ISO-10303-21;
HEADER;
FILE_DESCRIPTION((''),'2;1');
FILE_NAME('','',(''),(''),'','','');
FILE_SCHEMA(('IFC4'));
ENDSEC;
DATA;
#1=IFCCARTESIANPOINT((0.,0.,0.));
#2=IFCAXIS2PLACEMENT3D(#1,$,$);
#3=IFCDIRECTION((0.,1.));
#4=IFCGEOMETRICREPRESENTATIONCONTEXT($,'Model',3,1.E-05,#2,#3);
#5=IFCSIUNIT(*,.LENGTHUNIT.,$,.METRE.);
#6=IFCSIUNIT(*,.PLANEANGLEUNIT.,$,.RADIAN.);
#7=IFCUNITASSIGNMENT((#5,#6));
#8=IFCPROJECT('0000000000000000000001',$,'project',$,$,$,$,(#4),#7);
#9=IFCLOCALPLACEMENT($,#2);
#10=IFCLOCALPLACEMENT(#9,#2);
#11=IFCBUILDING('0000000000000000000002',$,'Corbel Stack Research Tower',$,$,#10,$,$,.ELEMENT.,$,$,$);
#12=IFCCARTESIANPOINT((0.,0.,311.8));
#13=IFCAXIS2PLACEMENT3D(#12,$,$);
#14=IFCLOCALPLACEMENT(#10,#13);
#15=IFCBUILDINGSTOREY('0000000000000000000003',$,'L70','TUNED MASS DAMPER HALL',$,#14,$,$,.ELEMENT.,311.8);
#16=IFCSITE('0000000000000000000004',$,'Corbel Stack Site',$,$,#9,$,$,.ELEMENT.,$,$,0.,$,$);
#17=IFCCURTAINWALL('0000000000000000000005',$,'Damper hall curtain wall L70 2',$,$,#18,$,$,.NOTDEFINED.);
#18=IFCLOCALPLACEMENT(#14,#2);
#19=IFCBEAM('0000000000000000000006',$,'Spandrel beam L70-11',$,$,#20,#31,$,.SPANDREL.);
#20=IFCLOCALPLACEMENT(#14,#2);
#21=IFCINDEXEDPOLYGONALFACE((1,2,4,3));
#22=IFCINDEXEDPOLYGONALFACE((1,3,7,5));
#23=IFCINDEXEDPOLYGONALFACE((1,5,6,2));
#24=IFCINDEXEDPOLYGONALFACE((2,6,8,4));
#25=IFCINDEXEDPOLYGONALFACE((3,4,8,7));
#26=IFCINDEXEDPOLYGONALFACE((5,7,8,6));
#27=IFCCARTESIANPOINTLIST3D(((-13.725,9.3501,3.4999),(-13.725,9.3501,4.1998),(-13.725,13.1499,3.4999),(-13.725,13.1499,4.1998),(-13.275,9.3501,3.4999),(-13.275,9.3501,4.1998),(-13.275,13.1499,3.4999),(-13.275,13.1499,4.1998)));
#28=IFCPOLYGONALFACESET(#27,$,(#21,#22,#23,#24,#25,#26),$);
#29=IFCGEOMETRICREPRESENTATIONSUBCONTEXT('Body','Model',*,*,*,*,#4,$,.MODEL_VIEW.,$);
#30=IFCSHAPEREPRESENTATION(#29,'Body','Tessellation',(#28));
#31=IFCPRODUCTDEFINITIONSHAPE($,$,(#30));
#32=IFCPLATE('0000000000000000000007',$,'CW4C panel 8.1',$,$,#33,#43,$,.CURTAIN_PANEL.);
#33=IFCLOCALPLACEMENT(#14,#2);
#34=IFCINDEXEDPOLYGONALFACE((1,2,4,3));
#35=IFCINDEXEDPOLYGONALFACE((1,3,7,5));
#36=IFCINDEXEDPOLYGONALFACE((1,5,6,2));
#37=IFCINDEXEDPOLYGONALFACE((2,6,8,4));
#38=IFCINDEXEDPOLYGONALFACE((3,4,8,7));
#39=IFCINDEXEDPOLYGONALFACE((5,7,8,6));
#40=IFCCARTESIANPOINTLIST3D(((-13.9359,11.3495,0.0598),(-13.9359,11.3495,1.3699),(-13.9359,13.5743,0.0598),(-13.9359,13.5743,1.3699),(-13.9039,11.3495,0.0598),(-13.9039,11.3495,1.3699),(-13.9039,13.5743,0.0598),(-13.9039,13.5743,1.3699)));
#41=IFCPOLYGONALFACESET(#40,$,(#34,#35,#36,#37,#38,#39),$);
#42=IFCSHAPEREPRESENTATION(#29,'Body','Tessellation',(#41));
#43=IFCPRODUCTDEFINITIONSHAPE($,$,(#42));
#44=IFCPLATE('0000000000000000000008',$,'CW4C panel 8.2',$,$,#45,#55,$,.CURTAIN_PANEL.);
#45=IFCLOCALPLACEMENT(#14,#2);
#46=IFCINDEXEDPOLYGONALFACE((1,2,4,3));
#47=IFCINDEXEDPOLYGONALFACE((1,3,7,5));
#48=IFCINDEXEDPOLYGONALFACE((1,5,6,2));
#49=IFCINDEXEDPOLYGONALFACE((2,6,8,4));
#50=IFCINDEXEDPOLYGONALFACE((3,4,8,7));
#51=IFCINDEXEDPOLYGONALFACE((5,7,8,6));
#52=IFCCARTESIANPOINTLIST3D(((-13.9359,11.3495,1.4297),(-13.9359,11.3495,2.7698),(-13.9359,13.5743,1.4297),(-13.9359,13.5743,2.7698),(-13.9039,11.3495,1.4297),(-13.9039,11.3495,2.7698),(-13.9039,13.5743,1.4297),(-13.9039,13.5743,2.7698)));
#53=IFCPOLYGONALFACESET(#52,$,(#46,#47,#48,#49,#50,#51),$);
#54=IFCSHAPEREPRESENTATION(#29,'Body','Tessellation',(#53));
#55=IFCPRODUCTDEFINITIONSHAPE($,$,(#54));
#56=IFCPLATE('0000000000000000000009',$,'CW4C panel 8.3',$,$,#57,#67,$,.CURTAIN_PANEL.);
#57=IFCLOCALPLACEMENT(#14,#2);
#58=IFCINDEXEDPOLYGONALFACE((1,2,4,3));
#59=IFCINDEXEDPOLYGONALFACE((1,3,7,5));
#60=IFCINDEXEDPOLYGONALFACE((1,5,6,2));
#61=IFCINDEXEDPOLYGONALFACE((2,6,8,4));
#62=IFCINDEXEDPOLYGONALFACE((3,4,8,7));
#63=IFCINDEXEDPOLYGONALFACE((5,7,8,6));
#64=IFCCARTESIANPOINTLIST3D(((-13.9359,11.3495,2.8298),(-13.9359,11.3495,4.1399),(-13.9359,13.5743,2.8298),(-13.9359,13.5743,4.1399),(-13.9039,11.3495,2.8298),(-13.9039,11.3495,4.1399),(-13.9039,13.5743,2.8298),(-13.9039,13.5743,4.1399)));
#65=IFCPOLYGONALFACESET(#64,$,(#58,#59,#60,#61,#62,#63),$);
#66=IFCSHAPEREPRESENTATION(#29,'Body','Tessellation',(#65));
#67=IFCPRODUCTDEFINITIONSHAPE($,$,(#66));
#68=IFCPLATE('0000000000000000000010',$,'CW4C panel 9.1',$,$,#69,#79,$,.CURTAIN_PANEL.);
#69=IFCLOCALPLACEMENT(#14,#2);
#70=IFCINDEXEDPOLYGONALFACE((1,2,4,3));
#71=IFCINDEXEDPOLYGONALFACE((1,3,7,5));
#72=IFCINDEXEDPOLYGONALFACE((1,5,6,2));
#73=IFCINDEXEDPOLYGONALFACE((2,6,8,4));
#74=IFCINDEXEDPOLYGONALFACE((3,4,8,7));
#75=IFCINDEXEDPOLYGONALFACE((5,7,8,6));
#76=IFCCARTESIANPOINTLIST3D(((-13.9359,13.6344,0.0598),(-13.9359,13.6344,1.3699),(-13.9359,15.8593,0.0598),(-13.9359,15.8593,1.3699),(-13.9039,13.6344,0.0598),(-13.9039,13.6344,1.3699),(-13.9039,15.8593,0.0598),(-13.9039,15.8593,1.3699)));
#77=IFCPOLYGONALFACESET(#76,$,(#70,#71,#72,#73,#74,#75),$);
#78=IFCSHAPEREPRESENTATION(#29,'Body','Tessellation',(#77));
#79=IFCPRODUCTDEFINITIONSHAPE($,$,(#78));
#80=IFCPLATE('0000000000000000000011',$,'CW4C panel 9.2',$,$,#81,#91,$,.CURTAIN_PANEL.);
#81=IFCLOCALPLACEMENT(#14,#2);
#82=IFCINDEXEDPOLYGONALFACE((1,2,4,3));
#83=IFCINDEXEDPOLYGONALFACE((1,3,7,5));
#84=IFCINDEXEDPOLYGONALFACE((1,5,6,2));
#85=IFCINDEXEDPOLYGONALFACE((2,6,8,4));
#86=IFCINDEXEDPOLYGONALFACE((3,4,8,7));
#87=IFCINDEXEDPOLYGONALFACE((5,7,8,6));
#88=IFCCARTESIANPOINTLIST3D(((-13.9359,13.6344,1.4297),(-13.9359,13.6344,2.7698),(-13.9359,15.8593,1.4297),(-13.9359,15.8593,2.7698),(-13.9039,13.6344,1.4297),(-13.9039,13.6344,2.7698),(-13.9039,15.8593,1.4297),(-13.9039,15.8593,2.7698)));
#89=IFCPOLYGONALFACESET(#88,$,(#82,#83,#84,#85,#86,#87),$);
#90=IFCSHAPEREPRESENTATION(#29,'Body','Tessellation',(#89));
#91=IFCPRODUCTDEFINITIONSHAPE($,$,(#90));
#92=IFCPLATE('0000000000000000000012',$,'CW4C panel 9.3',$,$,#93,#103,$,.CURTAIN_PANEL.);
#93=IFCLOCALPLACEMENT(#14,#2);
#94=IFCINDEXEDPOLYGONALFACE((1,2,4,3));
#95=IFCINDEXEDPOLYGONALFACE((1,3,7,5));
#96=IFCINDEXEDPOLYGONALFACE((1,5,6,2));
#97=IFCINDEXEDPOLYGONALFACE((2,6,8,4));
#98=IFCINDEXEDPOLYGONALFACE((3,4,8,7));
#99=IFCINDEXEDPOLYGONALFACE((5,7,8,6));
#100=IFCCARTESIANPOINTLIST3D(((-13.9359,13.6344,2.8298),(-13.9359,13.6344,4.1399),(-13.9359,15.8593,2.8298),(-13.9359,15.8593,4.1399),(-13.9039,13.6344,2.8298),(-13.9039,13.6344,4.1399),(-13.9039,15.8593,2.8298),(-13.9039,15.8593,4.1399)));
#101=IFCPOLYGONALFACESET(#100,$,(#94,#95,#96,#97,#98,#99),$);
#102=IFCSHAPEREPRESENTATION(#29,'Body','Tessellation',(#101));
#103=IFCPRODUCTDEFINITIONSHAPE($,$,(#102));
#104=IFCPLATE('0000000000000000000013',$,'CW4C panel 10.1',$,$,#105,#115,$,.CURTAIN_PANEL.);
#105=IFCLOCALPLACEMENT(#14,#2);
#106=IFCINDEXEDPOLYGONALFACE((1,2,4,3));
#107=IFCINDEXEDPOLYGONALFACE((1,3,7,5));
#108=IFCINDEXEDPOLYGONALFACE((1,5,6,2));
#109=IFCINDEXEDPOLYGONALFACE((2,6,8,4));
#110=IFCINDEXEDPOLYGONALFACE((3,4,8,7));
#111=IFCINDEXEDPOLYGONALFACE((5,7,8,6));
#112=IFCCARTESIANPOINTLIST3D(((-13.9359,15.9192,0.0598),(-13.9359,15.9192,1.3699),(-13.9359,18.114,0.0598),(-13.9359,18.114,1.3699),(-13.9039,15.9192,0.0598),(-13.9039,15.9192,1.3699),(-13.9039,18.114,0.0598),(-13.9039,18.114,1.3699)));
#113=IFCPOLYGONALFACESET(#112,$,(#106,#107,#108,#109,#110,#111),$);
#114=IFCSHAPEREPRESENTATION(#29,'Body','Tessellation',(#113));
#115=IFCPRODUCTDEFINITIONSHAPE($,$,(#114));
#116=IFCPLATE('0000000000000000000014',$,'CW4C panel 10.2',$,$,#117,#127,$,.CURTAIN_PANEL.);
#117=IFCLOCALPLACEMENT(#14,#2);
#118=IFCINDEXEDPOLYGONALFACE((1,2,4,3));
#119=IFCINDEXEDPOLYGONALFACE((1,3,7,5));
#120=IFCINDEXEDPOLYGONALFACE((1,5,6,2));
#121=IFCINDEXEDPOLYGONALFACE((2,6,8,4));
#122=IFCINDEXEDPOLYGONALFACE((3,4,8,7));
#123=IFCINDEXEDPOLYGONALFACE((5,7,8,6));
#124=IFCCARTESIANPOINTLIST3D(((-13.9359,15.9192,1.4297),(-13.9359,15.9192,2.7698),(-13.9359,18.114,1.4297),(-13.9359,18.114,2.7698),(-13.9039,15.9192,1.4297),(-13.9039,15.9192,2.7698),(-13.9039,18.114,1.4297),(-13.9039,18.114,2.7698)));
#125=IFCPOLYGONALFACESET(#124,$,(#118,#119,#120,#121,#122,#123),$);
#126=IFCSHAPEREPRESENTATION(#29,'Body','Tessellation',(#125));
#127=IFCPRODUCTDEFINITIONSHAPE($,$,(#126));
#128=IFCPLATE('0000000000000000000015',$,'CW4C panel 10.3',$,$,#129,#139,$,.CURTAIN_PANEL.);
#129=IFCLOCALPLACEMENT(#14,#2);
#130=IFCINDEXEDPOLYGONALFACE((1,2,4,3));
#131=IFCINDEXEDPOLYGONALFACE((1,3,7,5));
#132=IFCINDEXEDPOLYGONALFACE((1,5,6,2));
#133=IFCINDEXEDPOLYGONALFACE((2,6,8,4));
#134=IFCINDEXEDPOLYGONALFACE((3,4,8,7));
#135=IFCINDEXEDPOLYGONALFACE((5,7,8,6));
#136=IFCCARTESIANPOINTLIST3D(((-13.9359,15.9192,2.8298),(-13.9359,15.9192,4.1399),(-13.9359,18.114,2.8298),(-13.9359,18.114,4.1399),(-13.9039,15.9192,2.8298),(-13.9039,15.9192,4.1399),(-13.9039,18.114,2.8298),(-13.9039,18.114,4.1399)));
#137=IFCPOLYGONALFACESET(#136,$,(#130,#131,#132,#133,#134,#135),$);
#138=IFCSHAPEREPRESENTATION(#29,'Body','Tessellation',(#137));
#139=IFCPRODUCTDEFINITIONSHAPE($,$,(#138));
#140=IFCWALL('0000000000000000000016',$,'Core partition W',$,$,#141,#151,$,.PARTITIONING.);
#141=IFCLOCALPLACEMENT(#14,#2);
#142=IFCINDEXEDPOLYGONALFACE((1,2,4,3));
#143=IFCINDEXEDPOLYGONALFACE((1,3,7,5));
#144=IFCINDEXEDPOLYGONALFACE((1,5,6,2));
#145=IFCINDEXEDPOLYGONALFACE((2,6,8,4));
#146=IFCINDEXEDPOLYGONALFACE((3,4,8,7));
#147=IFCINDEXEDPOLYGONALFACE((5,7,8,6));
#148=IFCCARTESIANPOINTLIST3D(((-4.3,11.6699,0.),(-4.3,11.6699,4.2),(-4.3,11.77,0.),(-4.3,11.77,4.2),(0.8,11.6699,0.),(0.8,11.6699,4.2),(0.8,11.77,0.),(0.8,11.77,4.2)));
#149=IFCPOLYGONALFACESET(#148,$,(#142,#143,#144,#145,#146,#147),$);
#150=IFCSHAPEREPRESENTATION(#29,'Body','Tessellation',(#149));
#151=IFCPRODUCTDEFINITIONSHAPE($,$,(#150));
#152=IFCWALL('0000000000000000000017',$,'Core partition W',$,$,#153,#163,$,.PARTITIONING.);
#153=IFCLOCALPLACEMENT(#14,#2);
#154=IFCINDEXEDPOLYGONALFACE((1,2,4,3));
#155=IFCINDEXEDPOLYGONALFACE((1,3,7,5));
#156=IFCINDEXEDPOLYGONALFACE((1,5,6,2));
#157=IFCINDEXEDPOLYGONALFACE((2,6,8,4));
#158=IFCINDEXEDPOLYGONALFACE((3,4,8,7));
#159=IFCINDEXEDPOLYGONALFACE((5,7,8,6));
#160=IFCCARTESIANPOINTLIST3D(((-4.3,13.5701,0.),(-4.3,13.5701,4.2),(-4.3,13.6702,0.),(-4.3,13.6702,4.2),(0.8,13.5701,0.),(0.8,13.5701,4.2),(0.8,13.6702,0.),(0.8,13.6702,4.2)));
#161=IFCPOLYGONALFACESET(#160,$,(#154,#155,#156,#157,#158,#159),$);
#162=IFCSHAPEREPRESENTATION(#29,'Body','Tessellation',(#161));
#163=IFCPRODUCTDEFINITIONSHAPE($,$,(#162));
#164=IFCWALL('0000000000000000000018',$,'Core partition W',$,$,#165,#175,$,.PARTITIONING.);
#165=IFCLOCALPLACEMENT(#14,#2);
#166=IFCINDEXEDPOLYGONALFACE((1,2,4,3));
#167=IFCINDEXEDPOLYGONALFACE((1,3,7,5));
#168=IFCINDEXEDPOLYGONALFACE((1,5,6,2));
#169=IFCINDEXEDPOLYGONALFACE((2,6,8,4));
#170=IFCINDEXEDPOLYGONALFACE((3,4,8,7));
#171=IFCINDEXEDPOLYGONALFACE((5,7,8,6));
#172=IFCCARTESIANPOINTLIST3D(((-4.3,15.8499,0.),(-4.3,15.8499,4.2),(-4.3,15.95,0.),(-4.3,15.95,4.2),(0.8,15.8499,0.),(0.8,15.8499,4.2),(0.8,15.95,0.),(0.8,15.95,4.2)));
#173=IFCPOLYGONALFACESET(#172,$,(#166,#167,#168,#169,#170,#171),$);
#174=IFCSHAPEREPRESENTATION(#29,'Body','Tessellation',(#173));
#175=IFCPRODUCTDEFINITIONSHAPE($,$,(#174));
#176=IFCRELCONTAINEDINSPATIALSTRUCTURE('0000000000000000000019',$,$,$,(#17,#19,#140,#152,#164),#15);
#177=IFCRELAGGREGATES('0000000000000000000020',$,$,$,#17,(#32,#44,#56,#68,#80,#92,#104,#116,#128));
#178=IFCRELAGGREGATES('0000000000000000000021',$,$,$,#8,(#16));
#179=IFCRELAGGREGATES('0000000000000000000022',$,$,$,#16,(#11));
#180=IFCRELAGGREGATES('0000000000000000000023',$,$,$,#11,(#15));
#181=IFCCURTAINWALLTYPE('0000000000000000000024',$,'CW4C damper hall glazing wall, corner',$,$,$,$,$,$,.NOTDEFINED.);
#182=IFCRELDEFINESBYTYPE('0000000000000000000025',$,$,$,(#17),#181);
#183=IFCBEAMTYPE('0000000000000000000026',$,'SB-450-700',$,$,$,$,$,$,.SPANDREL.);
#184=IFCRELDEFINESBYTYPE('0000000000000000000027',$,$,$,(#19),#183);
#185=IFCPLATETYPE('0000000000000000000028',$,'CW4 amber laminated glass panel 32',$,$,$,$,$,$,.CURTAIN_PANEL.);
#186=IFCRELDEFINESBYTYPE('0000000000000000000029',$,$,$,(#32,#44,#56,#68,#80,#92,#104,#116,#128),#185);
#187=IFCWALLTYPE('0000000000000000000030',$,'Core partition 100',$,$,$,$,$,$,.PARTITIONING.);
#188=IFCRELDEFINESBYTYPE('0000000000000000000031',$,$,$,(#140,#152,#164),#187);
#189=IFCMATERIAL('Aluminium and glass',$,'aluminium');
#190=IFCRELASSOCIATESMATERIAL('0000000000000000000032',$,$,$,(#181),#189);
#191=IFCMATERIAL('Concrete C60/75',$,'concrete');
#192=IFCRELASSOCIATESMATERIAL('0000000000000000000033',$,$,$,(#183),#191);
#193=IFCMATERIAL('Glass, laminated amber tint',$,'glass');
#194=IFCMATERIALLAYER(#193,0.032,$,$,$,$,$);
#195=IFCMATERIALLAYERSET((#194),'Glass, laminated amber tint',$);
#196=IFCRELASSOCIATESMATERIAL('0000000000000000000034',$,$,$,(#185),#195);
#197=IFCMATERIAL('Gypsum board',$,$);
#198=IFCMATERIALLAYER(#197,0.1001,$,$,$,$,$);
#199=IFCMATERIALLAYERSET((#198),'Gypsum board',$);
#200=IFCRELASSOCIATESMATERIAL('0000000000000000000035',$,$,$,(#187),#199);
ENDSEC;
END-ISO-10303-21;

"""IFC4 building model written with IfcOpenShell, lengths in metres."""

from ifc_helpers import new_model, si_unit, direction, frame, frame_2d, origin, origin_2d, place, context, subcontext, project, spatial, rectangle, extrude, material, layer, layer_set, material_profile, profile_set, type_object, element, aggregate, save


model = new_model("IFC4")

# Units and contexts
model_context = context("Model", 3, precision=1e-05, world=origin(), true_north=direction((0.0, 1.0)))
body_context = subcontext(model_context, "Body", "Model", "MODEL_VIEW")
ifc_project = project(units=[si_unit("LENGTHUNIT", "METRE"), si_unit("PLANEANGLEUNIT", "RADIAN")], contexts=[model_context])

# Site, building, storey
site_placement = place(None, origin())
site = spatial("IfcSite", under=ifc_project, at=site_placement, Name="Corbel Stack Site", CompositionType="ELEMENT", RefElevation=0.0)
building_placement = place(site_placement, origin())
building = spatial("IfcBuilding", under=site, at=building_placement, Name="Corbel Stack Research Tower", CompositionType="ELEMENT")
storey_placement = place(building_placement, frame((0.0, 0.0, 311.8)))
storey = spatial("IfcBuildingStorey", under=building, at=storey_placement, Name="L70", Description="TUNED MASS DAMPER HALL", CompositionType="ELEMENT", Elevation=311.8)

# Curtain wall
ifc_material_1 = material(Name="Aluminium and glass", Category="aluminium")
curtain_wall_type = type_object("IfcCurtainWallType", Name="CW4C damper hall glazing wall, corner", PredefinedType="NOTDEFINED", material=ifc_material_1)
curtain_wall_placement = place(storey_placement, origin())
curtain_wall = element("IfcCurtainWall", 1, at=curtain_wall_placement, inside=storey, type_object=curtain_wall_type, Name="Damper hall curtain wall L70 2", PredefinedType="NOTDEFINED")

# Beam
ifc_material_2 = material(Name="Concrete C60/75", Category="concrete")
ifc_material_profile_1 = material_profile(ifc_material_2, rectangle(XDim=0.45, YDim=0.7, at=origin_2d()), Name="RC 450 x 700")
ifc_profile_set_1 = profile_set([ifc_material_profile_1], Name="Concrete C60/75")
beam_type = type_object("IfcBeamType", Name="SB-450-700", PredefinedType="SPANDREL", material=ifc_profile_set_1)
for number, where, z_axis, x_axis, name in (
    (2, (-13.5, 13.1499, 3.8499), (0.0, -1.0, 0.0), (1.0, 0.0, 0.0), "Spandrel beam L70-11"),
):
    element("IfcBeam", number, at=place(storey_placement, frame(where, z_axis=z_axis, x_axis=x_axis)), inside=storey, type_object=beam_type, Name=name, PredefinedType="SPANDREL", context=body_context, shape_type="SweptSolid", body=[
        extrude(rectangle(XDim=0.45, YDim=0.7, at=origin_2d()), origin(), (0.0, 0.0, 1.0), 3.7998),
    ])

# Plates
ifc_material_3 = material(Name="Glass, laminated amber tint", Category="glass")
ifc_layer_1 = layer(ifc_material_3, 0.032)
ifc_layer_set_1 = layer_set([ifc_layer_1], Name="Glass, laminated amber tint")
plate_type = type_object("IfcPlateType", Name="CW4 amber laminated glass panel 32", PredefinedType="CURTAIN_PANEL", material=ifc_layer_set_1)
plate_1_placement = place(storey_placement, frame((-13.9199, 12.4619, 0.0598), z_axis=(0.0, 0.0, 1.0), x_axis=(0.0, 1.0, 0.0)))
plate_1 = element("IfcPlate", 3, at=plate_1_placement, type_object=plate_type, Name="CW4C panel 8.1", PredefinedType="CURTAIN_PANEL", context=body_context, shape_type="SweptSolid", body=[
    extrude(rectangle(XDim=2.2249, YDim=0.032, at=origin_2d()), origin(), (0.0, 0.0, 1.0), 1.3101),
])
plate_2_placement = place(storey_placement, frame((-13.9199, 12.4619, 1.4297), z_axis=(0.0, 0.0, 1.0), x_axis=(0.0, 1.0, 0.0)))
plate_2 = element("IfcPlate", 4, at=plate_2_placement, type_object=plate_type, Name="CW4C panel 8.2", PredefinedType="CURTAIN_PANEL", context=body_context, shape_type="SweptSolid", body=[
    extrude(rectangle(XDim=2.2249, YDim=0.032, at=origin_2d()), origin(), (0.0, 0.0, 1.0), 1.3401),
])
plate_3_placement = place(storey_placement, frame((-13.9199, 12.4619, 2.8298), z_axis=(0.0, 0.0, 1.0), x_axis=(0.0, 1.0, 0.0)))
plate_3 = element("IfcPlate", 5, at=plate_3_placement, type_object=plate_type, Name="CW4C panel 8.3", PredefinedType="CURTAIN_PANEL", context=body_context, shape_type="SweptSolid", body=[
    extrude(rectangle(XDim=2.2249, YDim=0.032, at=origin_2d()), origin(), (0.0, 0.0, 1.0), 1.3101),
])
plate_4_placement = place(storey_placement, frame((-13.9199, 14.7468, 0.0598), z_axis=(0.0, 0.0, 1.0), x_axis=(0.0, 1.0, 0.0)))
plate_4 = element("IfcPlate", 6, at=plate_4_placement, type_object=plate_type, Name="CW4C panel 9.1", PredefinedType="CURTAIN_PANEL", context=body_context, shape_type="SweptSolid", body=[
    extrude(rectangle(XDim=2.2249, YDim=0.032, at=origin_2d()), origin(), (0.0, 0.0, 1.0), 1.3101),
])
plate_5_placement = place(storey_placement, frame((-13.9199, 14.7468, 1.4297), z_axis=(0.0, 0.0, 1.0), x_axis=(0.0, 1.0, 0.0)))
plate_5 = element("IfcPlate", 7, at=plate_5_placement, type_object=plate_type, Name="CW4C panel 9.2", PredefinedType="CURTAIN_PANEL", context=body_context, shape_type="SweptSolid", body=[
    extrude(rectangle(XDim=2.2249, YDim=0.032, at=origin_2d()), origin(), (0.0, 0.0, 1.0), 1.3401),
])
plate_6_placement = place(storey_placement, frame((-13.9199, 14.7468, 2.8298), z_axis=(0.0, 0.0, 1.0), x_axis=(0.0, 1.0, 0.0)))
plate_6 = element("IfcPlate", 8, at=plate_6_placement, type_object=plate_type, Name="CW4C panel 9.3", PredefinedType="CURTAIN_PANEL", context=body_context, shape_type="SweptSolid", body=[
    extrude(rectangle(XDim=2.2249, YDim=0.032, at=origin_2d()), origin(), (0.0, 0.0, 1.0), 1.3101),
])
plate_7_placement = place(storey_placement, frame((-13.9199, 17.0166, 0.0598), z_axis=(0.0, 0.0, 1.0), x_axis=(0.0, 1.0, 0.0)))
plate_7 = element("IfcPlate", 9, at=plate_7_placement, type_object=plate_type, Name="CW4C panel 10.1", PredefinedType="CURTAIN_PANEL", context=body_context, shape_type="SweptSolid", body=[
    extrude(rectangle(XDim=2.1948, YDim=0.032, at=origin_2d()), origin(), (0.0, 0.0, 1.0), 1.3101),
])
plate_8_placement = place(storey_placement, frame((-13.9199, 17.0166, 1.4297), z_axis=(0.0, 0.0, 1.0), x_axis=(0.0, 1.0, 0.0)))
plate_8 = element("IfcPlate", 10, at=plate_8_placement, type_object=plate_type, Name="CW4C panel 10.2", PredefinedType="CURTAIN_PANEL", context=body_context, shape_type="SweptSolid", body=[
    extrude(rectangle(XDim=2.1948, YDim=0.032, at=origin_2d()), origin(), (0.0, 0.0, 1.0), 1.3401),
])
plate_9_placement = place(storey_placement, frame((-13.9199, 17.0166, 2.8298), z_axis=(0.0, 0.0, 1.0), x_axis=(0.0, 1.0, 0.0)))
plate_9 = element("IfcPlate", 11, at=plate_9_placement, type_object=plate_type, Name="CW4C panel 10.3", PredefinedType="CURTAIN_PANEL", context=body_context, shape_type="SweptSolid", body=[
    extrude(rectangle(XDim=2.1948, YDim=0.032, at=origin_2d()), origin(), (0.0, 0.0, 1.0), 1.3101),
])
aggregate(curtain_wall, [plate_1, plate_2, plate_3, plate_4, plate_5, plate_6, plate_7, plate_8, plate_9])

# Walls
ifc_material_4 = material(Name="Gypsum board")
ifc_layer_2 = layer(ifc_material_4, 0.1001)
ifc_layer_set_2 = layer_set([ifc_layer_2], Name="Gypsum board")
wall_type = type_object("IfcWallType", Name="Core partition 100", PredefinedType="PARTITIONING", material=ifc_layer_set_2)
for number, where, z_axis, x_axis, name in (
    (12, (-4.3, 11.72, 0.0), (0.0, 0.0, 1.0), (1.0, 0.0, 0.0), "Core partition W"),
    (13, (-4.3, 13.6201, 0.0), (0.0, 0.0, 1.0), (1.0, 0.0, 0.0), "Core partition W"),
    (14, (-4.3, 15.8999, 0.0), (0.0, 0.0, 1.0), (1.0, 0.0, 0.0), "Core partition W"),
):
    element("IfcWall", number, at=place(storey_placement, frame(where, z_axis=z_axis, x_axis=x_axis)), inside=storey, type_object=wall_type, Name=name, PredefinedType="PARTITIONING", context=body_context, shape_type="SweptSolid", body=[
        extrude(rectangle(XDim=5.1001, YDim=0.1001, at=frame_2d((2.55, 0.0))), origin(), (0.0, 0.0, 1.0), 4.2),
    ])

save(model, "model.ifc")
